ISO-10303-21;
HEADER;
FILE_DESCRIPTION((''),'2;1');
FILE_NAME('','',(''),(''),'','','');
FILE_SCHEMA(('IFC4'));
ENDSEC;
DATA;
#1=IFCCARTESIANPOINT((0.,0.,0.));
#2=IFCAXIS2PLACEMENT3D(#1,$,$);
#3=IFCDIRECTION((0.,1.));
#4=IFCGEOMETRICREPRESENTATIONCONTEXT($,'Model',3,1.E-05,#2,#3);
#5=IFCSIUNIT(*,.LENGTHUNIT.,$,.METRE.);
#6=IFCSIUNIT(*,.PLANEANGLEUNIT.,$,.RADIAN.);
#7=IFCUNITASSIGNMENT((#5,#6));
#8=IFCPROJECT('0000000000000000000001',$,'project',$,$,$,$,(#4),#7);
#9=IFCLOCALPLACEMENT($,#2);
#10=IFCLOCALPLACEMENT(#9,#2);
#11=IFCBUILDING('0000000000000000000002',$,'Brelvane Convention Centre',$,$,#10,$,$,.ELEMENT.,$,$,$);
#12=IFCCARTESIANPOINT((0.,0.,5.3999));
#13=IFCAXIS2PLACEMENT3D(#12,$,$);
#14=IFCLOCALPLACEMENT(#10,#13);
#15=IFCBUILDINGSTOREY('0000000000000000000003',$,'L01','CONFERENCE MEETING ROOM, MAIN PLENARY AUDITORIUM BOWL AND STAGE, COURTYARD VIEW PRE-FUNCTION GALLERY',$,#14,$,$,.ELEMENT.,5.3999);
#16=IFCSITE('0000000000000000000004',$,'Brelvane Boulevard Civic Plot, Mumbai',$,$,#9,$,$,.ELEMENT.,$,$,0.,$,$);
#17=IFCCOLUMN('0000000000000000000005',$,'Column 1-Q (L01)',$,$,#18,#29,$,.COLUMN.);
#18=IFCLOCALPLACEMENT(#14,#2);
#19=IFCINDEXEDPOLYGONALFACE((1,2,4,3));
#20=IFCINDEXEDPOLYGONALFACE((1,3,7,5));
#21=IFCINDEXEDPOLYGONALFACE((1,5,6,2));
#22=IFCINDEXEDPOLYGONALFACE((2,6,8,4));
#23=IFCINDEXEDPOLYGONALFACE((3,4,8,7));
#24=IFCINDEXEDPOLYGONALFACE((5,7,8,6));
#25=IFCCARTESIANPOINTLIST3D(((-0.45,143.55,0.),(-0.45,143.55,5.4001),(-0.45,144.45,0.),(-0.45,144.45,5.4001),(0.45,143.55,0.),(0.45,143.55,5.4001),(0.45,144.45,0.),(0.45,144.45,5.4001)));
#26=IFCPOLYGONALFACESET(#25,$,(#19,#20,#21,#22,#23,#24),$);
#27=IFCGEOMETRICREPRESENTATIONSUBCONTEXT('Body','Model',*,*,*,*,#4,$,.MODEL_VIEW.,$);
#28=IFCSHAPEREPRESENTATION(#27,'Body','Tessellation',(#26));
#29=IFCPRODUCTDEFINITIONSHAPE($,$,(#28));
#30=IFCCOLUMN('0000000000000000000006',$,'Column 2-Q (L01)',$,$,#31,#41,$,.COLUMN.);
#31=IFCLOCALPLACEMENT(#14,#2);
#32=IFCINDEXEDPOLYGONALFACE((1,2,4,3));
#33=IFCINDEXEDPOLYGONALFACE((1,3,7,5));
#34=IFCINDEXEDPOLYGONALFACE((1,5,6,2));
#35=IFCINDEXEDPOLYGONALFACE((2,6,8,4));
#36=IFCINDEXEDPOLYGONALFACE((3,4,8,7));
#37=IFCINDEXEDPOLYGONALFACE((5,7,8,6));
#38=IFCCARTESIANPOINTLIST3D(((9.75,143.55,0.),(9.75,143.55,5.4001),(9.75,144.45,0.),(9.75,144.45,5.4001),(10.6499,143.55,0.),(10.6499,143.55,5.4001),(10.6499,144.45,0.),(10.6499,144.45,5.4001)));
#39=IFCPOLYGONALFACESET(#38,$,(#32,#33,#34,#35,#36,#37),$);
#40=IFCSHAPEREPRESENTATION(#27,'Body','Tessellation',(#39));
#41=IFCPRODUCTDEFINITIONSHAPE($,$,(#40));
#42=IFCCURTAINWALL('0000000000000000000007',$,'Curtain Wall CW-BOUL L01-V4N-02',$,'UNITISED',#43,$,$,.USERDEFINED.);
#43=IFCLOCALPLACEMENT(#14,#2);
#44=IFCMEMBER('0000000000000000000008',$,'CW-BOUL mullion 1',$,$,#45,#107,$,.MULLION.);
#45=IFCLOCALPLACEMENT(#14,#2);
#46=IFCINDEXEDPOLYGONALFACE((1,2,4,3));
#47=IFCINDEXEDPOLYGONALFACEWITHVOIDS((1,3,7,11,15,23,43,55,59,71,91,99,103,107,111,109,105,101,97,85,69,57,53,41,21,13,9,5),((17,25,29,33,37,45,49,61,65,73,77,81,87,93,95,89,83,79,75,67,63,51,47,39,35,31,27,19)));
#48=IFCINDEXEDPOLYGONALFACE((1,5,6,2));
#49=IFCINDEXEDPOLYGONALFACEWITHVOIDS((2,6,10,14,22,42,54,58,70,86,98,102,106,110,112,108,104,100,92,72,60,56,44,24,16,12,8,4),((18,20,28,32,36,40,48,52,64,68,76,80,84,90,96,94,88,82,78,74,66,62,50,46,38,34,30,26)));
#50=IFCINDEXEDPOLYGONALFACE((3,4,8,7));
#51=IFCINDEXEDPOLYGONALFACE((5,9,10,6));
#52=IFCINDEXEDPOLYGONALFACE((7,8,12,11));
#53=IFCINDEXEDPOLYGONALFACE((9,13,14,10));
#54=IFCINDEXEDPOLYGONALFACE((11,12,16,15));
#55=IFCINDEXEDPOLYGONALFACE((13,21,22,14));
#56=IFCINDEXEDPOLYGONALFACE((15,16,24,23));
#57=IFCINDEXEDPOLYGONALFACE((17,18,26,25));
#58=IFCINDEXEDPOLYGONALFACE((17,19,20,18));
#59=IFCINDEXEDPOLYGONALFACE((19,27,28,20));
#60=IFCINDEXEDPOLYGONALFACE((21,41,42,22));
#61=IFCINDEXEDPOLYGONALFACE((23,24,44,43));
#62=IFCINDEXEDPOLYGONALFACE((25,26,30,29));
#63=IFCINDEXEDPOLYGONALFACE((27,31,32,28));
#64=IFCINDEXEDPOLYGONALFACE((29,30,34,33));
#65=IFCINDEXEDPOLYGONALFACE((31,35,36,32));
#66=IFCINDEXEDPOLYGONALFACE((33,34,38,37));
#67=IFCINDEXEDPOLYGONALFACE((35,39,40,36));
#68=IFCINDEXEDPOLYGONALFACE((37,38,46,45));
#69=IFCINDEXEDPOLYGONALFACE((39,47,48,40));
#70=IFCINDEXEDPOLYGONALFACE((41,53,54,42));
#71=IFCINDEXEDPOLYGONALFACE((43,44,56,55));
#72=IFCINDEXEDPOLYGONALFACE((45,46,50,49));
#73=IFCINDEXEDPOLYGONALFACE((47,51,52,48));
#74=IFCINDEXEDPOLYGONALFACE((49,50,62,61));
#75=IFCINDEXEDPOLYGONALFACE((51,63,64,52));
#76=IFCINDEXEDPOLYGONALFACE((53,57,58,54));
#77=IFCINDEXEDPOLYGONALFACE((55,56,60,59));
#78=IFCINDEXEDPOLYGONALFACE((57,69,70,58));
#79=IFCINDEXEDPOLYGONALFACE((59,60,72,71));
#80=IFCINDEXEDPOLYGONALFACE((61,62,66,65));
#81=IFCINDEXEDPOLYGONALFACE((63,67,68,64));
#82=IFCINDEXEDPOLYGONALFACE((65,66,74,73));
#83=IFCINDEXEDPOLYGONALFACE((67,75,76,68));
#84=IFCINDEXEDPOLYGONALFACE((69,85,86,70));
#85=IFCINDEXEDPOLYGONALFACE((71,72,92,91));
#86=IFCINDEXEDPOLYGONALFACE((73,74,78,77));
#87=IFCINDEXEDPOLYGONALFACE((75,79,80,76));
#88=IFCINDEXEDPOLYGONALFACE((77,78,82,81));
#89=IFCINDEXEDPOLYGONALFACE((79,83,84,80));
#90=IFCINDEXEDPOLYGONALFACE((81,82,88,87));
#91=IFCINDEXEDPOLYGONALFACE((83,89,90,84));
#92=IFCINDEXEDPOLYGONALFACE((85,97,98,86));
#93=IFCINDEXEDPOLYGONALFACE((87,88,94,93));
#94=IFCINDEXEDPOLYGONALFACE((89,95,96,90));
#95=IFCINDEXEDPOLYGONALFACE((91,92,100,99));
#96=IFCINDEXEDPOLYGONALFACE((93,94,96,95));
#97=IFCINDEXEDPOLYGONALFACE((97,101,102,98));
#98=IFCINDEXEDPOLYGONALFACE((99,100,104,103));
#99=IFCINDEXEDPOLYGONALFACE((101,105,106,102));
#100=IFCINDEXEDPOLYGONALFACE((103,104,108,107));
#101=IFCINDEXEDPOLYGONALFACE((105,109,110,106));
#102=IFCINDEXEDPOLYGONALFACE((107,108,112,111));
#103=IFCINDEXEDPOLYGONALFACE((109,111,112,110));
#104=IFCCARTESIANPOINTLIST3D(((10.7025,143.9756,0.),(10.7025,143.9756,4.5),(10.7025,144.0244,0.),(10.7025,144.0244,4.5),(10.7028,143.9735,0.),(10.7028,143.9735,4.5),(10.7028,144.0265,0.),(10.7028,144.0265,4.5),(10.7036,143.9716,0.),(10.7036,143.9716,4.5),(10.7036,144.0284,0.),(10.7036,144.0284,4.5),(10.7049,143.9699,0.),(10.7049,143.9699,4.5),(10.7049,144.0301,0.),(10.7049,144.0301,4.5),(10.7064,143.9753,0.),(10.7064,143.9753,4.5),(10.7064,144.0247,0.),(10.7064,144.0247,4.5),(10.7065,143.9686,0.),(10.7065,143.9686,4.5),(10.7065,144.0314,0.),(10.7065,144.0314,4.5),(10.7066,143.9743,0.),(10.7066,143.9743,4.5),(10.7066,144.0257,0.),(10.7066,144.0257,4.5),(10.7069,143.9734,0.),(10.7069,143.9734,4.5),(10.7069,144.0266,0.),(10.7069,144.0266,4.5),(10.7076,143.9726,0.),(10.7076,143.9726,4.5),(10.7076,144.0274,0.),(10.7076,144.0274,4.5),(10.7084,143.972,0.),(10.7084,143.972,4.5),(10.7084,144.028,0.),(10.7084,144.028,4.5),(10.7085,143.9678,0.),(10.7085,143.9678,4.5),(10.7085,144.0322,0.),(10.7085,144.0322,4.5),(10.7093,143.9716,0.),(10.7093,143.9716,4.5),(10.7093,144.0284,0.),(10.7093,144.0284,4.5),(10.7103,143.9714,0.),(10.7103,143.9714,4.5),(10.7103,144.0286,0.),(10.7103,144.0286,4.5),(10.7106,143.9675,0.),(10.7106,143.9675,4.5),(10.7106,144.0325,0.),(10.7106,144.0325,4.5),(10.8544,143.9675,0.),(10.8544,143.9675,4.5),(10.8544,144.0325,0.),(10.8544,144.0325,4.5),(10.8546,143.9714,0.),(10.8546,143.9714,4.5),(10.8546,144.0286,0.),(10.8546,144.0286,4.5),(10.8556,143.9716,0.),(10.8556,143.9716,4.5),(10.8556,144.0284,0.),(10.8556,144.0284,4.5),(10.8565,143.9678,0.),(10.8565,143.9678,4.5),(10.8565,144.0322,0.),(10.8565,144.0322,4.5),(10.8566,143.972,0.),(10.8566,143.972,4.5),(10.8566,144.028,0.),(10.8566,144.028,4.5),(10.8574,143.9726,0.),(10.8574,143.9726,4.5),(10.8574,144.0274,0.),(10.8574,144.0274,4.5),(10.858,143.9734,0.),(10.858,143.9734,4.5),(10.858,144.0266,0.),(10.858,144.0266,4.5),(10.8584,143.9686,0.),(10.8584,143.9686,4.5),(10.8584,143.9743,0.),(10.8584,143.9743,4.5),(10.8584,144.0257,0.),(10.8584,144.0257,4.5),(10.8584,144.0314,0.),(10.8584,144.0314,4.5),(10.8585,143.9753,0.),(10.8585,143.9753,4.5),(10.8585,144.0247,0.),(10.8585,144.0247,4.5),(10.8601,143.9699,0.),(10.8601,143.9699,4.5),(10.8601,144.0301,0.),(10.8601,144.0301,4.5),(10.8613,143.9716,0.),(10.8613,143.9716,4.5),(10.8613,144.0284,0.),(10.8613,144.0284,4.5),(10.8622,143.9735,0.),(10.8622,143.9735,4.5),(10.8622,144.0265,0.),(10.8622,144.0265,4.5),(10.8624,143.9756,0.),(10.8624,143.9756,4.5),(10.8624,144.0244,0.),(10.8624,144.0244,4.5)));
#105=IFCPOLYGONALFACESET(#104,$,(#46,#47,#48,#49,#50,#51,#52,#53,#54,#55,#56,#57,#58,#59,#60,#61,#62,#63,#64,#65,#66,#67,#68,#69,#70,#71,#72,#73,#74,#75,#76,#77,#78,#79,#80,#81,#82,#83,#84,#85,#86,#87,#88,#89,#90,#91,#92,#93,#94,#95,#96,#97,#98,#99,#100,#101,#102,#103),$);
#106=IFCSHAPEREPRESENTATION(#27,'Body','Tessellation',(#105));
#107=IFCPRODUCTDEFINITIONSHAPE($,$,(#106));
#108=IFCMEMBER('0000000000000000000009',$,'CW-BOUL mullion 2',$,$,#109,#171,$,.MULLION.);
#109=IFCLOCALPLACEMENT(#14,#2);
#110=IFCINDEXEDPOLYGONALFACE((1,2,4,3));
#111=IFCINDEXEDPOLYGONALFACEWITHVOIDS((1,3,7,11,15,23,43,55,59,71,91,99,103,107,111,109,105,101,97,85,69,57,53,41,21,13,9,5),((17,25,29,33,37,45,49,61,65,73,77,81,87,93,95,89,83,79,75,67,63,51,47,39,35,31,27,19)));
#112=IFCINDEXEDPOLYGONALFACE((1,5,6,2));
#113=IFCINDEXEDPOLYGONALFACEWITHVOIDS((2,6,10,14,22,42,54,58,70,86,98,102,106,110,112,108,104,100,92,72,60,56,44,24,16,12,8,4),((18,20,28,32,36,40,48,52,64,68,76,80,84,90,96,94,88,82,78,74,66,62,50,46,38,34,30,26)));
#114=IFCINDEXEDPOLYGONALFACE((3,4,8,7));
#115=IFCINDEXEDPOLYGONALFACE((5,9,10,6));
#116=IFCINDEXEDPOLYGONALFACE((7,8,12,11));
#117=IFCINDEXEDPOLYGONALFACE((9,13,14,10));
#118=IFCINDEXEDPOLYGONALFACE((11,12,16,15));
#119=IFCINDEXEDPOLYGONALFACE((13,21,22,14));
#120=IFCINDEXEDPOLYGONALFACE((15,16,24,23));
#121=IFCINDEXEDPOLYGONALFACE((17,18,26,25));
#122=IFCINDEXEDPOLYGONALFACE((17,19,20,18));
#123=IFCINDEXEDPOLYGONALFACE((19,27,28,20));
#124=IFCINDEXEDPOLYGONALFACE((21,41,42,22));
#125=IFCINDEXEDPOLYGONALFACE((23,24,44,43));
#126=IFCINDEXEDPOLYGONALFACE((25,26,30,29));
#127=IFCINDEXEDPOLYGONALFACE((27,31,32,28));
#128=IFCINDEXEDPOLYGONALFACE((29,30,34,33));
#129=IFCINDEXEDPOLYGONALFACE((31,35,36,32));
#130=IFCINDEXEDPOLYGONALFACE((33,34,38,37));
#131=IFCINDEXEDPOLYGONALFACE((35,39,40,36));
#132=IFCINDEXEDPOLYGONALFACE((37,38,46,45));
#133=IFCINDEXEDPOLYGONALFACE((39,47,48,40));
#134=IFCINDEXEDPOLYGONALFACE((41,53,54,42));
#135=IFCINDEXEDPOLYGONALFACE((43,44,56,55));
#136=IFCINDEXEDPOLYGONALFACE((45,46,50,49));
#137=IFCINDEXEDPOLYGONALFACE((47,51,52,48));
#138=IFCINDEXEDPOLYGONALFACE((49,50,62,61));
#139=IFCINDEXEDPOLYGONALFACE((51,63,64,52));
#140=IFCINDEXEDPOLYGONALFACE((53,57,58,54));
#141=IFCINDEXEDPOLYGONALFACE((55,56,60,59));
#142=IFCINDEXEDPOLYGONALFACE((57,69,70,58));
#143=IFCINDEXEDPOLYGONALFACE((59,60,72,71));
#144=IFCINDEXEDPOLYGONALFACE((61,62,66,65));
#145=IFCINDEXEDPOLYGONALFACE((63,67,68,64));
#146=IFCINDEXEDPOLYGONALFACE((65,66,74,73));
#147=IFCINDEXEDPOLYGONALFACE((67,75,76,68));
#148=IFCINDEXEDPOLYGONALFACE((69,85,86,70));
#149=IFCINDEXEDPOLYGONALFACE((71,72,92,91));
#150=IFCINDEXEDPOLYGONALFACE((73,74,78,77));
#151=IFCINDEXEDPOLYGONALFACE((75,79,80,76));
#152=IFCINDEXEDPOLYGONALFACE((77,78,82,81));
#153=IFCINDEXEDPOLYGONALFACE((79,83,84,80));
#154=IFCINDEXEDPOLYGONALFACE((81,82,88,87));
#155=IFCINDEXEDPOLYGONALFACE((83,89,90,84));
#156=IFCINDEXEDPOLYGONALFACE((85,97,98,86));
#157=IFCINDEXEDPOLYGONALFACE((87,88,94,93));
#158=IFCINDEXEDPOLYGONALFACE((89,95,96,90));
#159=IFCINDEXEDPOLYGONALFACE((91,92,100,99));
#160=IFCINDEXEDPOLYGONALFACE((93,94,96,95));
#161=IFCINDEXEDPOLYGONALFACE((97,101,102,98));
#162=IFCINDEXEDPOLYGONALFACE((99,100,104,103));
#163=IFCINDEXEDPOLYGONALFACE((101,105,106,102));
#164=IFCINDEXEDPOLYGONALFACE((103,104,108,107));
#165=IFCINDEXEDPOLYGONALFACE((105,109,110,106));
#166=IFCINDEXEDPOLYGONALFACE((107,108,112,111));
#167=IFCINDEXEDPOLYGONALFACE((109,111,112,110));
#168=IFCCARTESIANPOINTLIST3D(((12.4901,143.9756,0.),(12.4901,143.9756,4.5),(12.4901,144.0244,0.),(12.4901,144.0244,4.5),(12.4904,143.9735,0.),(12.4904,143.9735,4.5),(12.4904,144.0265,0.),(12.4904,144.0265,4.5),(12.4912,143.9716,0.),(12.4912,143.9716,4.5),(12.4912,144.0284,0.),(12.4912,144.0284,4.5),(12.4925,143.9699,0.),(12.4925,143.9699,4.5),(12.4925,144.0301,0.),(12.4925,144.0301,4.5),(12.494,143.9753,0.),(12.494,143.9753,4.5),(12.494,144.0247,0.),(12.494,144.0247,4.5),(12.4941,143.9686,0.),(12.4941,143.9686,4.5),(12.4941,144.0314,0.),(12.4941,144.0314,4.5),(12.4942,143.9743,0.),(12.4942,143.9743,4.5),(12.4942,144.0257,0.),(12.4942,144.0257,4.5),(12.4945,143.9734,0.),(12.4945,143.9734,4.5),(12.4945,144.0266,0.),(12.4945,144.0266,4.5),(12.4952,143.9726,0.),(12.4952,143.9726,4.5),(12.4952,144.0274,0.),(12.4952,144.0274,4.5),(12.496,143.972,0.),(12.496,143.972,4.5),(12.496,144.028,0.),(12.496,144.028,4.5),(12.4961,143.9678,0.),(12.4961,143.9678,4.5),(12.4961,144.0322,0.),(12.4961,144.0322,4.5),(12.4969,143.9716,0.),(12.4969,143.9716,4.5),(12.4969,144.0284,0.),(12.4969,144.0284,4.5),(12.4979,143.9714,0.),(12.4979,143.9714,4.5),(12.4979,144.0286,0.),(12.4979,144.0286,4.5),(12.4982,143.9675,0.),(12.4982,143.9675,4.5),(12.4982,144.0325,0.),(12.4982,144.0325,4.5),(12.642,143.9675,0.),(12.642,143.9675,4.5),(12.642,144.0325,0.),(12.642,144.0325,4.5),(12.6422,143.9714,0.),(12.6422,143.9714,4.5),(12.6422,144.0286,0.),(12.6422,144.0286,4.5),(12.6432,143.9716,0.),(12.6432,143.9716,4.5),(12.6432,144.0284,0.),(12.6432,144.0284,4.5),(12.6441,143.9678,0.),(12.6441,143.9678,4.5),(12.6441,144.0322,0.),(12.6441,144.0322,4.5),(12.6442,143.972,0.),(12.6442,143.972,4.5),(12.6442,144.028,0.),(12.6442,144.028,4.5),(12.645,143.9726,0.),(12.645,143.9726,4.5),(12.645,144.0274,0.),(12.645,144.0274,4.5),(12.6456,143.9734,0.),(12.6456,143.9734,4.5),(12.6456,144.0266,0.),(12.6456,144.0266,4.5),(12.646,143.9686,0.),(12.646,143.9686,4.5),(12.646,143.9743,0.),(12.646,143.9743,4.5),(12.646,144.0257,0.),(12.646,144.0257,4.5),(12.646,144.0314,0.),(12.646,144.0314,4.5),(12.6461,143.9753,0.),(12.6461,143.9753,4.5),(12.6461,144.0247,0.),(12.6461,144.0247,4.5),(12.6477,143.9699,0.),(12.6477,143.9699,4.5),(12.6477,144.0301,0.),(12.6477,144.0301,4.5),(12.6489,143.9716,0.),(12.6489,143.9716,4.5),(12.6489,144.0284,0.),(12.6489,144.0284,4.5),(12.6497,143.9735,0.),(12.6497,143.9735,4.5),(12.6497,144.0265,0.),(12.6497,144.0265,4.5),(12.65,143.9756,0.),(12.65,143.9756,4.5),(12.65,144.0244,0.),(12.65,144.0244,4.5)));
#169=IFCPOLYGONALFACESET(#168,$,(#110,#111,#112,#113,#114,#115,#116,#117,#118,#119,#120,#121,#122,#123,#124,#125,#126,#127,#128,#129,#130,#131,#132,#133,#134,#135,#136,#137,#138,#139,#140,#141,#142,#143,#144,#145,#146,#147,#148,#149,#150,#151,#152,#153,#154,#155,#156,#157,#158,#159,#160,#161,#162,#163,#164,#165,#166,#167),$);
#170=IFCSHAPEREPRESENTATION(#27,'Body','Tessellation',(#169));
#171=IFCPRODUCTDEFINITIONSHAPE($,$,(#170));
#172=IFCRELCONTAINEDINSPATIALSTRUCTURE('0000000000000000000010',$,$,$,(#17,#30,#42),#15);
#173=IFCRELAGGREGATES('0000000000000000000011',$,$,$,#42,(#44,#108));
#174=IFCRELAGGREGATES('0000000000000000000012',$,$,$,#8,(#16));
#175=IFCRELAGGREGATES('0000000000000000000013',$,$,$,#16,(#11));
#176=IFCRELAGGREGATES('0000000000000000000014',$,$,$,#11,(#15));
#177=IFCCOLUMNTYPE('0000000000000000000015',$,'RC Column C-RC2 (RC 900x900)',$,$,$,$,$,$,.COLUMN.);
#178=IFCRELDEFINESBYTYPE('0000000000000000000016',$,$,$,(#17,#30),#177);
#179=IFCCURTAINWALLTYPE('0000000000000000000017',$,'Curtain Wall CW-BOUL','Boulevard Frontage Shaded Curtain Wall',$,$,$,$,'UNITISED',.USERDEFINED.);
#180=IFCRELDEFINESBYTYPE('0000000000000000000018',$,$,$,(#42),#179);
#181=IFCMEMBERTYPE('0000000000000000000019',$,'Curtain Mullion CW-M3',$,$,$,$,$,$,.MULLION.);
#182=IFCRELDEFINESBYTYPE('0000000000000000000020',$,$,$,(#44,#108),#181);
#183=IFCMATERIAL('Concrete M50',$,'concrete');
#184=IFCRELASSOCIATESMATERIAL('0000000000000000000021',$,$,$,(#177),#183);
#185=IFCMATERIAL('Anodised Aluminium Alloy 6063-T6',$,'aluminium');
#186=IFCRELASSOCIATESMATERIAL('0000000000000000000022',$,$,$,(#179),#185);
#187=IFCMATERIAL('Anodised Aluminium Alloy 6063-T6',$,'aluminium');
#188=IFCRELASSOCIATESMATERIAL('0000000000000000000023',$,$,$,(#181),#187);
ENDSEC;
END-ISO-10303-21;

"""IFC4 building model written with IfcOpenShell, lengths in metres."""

from ifc_helpers import new_model, si_unit, direction, frame, origin, origin_2d, place, context, subcontext, project, spatial, rectangle, hollow_rectangle, extrude, material, material_profile, profile_set, type_object, element, aggregate, save


model = new_model("IFC4")

# Units and contexts
model_context = context("Model", 3, precision=1e-05, world=origin(), true_north=direction((0.0, 1.0)))
body_context = subcontext(model_context, "Body", "Model", "MODEL_VIEW")
ifc_project = project(units=[si_unit("LENGTHUNIT", "METRE"), si_unit("PLANEANGLEUNIT", "RADIAN")], contexts=[model_context])

# Site, building, storey
site_placement = place(None, origin())
site = spatial("IfcSite", under=ifc_project, at=site_placement, Name="Brelvane Boulevard Civic Plot, Mumbai", CompositionType="ELEMENT", RefElevation=0.0)
building_placement = place(site_placement, origin())
building = spatial("IfcBuilding", under=site, at=building_placement, Name="Brelvane Convention Centre", CompositionType="ELEMENT")
storey_placement = place(building_placement, frame((0.0, 0.0, 5.3999)))
storey = spatial("IfcBuildingStorey", under=building, at=storey_placement, Name="L01", Description="CONFERENCE MEETING ROOM, MAIN PLENARY AUDITORIUM BOWL AND STAGE, COURTYARD VIEW PRE-FUNCTION GALLERY", CompositionType="ELEMENT", Elevation=5.3999)

# Columns
ifc_material_1 = material(Name="Concrete M50", Category="concrete")
ifc_material_profile_1 = material_profile(ifc_material_1, rectangle(XDim=0.8999, YDim=0.8999, at=origin_2d()), Name="RC 900x900")
ifc_profile_set_1 = profile_set([ifc_material_profile_1], Name="Concrete M50")
column_type = type_object("IfcColumnType", Name="RC Column C-RC2 (RC 900x900)", PredefinedType="COLUMN", material=ifc_profile_set_1)
for number, where, z_axis, x_axis, name in (
    (1, (0.0, 144.0, 0.0), (0.0, 0.0, 1.0), (1.0, 0.0, 0.0), "Column 1-Q (L01)"),
    (2, (10.2, 144.0, 0.0), (0.0, 0.0, 1.0), (1.0, 0.0, 0.0), "Column 2-Q (L01)"),
):
    element("IfcColumn", number, at=place(storey_placement, frame(where, z_axis=z_axis, x_axis=x_axis)), inside=storey, type_object=column_type, Name=name, PredefinedType="COLUMN", context=body_context, shape_type="SweptSolid", body=[
        extrude(rectangle(XDim=0.8999, YDim=0.8999, at=origin_2d()), origin(), (0.0, 0.0, 1.0), 5.4001),
    ])

# Curtain wall, members
ifc_material_2 = material(Name="Anodised Aluminium Alloy 6063-T6", Category="aluminium")
curtain_wall_type = type_object("IfcCurtainWallType", Name="Curtain Wall CW-BOUL", Description="Boulevard Frontage Shaded Curtain Wall", ElementType="UNITISED", PredefinedType="USERDEFINED", material=ifc_material_2)
curtain_wall_placement = place(storey_placement, origin())
curtain_wall = element("IfcCurtainWall", 3, at=curtain_wall_placement, inside=storey, type_object=curtain_wall_type, Name="Curtain Wall CW-BOUL L01-V4N-02", ObjectType="UNITISED", PredefinedType="USERDEFINED")
ifc_material_3 = material(Name="Anodised Aluminium Alloy 6063-T6", Category="aluminium")
ifc_material_profile_2 = material_profile(ifc_material_3, hollow_rectangle(XDim=0.0649, YDim=0.1599, WallThickness=0.0039, InnerFilletRadius=0.0039, OuterFilletRadius=0.0081, at=origin_2d()), Name="ALU-M 160x65x4.0")
ifc_profile_set_2 = profile_set([ifc_material_profile_2], Name="Anodised Aluminium Alloy 6063-T6")
member_type_1 = type_object("IfcMemberType", Name="Curtain Mullion CW-M3", PredefinedType="MULLION", material=ifc_profile_set_2)
member_1_placement = place(storey_placement, frame((10.7825, 144.0, 0.0), z_axis=(0.0, 0.0, 1.0), x_axis=(0.0, 1.0, 0.0)))
member_1 = element("IfcMember", 4, at=member_1_placement, type_object=member_type_1, Name="CW-BOUL mullion 1", PredefinedType="MULLION", context=body_context, shape_type="SweptSolid", body=[
    extrude(hollow_rectangle(XDim=0.0649, YDim=0.1599, WallThickness=0.0039, InnerFilletRadius=0.0039, OuterFilletRadius=0.0081, at=origin_2d()), origin(), (0.0, 0.0, 1.0), 4.5),
])
member_2_placement = place(storey_placement, frame((12.5701, 144.0, 0.0), z_axis=(0.0, 0.0, 1.0), x_axis=(0.0, 1.0, 0.0)))
member_2 = element("IfcMember", 5, at=member_2_placement, type_object=member_type_1, Name="CW-BOUL mullion 2", PredefinedType="MULLION", context=body_context, shape_type="SweptSolid", body=[
    extrude(hollow_rectangle(XDim=0.0649, YDim=0.1599, WallThickness=0.0039, InnerFilletRadius=0.0039, OuterFilletRadius=0.0081, at=origin_2d()), origin(), (0.0, 0.0, 1.0), 4.5),
])

aggregate(curtain_wall, [member_1, member_2])

save(model, "model.ifc")
